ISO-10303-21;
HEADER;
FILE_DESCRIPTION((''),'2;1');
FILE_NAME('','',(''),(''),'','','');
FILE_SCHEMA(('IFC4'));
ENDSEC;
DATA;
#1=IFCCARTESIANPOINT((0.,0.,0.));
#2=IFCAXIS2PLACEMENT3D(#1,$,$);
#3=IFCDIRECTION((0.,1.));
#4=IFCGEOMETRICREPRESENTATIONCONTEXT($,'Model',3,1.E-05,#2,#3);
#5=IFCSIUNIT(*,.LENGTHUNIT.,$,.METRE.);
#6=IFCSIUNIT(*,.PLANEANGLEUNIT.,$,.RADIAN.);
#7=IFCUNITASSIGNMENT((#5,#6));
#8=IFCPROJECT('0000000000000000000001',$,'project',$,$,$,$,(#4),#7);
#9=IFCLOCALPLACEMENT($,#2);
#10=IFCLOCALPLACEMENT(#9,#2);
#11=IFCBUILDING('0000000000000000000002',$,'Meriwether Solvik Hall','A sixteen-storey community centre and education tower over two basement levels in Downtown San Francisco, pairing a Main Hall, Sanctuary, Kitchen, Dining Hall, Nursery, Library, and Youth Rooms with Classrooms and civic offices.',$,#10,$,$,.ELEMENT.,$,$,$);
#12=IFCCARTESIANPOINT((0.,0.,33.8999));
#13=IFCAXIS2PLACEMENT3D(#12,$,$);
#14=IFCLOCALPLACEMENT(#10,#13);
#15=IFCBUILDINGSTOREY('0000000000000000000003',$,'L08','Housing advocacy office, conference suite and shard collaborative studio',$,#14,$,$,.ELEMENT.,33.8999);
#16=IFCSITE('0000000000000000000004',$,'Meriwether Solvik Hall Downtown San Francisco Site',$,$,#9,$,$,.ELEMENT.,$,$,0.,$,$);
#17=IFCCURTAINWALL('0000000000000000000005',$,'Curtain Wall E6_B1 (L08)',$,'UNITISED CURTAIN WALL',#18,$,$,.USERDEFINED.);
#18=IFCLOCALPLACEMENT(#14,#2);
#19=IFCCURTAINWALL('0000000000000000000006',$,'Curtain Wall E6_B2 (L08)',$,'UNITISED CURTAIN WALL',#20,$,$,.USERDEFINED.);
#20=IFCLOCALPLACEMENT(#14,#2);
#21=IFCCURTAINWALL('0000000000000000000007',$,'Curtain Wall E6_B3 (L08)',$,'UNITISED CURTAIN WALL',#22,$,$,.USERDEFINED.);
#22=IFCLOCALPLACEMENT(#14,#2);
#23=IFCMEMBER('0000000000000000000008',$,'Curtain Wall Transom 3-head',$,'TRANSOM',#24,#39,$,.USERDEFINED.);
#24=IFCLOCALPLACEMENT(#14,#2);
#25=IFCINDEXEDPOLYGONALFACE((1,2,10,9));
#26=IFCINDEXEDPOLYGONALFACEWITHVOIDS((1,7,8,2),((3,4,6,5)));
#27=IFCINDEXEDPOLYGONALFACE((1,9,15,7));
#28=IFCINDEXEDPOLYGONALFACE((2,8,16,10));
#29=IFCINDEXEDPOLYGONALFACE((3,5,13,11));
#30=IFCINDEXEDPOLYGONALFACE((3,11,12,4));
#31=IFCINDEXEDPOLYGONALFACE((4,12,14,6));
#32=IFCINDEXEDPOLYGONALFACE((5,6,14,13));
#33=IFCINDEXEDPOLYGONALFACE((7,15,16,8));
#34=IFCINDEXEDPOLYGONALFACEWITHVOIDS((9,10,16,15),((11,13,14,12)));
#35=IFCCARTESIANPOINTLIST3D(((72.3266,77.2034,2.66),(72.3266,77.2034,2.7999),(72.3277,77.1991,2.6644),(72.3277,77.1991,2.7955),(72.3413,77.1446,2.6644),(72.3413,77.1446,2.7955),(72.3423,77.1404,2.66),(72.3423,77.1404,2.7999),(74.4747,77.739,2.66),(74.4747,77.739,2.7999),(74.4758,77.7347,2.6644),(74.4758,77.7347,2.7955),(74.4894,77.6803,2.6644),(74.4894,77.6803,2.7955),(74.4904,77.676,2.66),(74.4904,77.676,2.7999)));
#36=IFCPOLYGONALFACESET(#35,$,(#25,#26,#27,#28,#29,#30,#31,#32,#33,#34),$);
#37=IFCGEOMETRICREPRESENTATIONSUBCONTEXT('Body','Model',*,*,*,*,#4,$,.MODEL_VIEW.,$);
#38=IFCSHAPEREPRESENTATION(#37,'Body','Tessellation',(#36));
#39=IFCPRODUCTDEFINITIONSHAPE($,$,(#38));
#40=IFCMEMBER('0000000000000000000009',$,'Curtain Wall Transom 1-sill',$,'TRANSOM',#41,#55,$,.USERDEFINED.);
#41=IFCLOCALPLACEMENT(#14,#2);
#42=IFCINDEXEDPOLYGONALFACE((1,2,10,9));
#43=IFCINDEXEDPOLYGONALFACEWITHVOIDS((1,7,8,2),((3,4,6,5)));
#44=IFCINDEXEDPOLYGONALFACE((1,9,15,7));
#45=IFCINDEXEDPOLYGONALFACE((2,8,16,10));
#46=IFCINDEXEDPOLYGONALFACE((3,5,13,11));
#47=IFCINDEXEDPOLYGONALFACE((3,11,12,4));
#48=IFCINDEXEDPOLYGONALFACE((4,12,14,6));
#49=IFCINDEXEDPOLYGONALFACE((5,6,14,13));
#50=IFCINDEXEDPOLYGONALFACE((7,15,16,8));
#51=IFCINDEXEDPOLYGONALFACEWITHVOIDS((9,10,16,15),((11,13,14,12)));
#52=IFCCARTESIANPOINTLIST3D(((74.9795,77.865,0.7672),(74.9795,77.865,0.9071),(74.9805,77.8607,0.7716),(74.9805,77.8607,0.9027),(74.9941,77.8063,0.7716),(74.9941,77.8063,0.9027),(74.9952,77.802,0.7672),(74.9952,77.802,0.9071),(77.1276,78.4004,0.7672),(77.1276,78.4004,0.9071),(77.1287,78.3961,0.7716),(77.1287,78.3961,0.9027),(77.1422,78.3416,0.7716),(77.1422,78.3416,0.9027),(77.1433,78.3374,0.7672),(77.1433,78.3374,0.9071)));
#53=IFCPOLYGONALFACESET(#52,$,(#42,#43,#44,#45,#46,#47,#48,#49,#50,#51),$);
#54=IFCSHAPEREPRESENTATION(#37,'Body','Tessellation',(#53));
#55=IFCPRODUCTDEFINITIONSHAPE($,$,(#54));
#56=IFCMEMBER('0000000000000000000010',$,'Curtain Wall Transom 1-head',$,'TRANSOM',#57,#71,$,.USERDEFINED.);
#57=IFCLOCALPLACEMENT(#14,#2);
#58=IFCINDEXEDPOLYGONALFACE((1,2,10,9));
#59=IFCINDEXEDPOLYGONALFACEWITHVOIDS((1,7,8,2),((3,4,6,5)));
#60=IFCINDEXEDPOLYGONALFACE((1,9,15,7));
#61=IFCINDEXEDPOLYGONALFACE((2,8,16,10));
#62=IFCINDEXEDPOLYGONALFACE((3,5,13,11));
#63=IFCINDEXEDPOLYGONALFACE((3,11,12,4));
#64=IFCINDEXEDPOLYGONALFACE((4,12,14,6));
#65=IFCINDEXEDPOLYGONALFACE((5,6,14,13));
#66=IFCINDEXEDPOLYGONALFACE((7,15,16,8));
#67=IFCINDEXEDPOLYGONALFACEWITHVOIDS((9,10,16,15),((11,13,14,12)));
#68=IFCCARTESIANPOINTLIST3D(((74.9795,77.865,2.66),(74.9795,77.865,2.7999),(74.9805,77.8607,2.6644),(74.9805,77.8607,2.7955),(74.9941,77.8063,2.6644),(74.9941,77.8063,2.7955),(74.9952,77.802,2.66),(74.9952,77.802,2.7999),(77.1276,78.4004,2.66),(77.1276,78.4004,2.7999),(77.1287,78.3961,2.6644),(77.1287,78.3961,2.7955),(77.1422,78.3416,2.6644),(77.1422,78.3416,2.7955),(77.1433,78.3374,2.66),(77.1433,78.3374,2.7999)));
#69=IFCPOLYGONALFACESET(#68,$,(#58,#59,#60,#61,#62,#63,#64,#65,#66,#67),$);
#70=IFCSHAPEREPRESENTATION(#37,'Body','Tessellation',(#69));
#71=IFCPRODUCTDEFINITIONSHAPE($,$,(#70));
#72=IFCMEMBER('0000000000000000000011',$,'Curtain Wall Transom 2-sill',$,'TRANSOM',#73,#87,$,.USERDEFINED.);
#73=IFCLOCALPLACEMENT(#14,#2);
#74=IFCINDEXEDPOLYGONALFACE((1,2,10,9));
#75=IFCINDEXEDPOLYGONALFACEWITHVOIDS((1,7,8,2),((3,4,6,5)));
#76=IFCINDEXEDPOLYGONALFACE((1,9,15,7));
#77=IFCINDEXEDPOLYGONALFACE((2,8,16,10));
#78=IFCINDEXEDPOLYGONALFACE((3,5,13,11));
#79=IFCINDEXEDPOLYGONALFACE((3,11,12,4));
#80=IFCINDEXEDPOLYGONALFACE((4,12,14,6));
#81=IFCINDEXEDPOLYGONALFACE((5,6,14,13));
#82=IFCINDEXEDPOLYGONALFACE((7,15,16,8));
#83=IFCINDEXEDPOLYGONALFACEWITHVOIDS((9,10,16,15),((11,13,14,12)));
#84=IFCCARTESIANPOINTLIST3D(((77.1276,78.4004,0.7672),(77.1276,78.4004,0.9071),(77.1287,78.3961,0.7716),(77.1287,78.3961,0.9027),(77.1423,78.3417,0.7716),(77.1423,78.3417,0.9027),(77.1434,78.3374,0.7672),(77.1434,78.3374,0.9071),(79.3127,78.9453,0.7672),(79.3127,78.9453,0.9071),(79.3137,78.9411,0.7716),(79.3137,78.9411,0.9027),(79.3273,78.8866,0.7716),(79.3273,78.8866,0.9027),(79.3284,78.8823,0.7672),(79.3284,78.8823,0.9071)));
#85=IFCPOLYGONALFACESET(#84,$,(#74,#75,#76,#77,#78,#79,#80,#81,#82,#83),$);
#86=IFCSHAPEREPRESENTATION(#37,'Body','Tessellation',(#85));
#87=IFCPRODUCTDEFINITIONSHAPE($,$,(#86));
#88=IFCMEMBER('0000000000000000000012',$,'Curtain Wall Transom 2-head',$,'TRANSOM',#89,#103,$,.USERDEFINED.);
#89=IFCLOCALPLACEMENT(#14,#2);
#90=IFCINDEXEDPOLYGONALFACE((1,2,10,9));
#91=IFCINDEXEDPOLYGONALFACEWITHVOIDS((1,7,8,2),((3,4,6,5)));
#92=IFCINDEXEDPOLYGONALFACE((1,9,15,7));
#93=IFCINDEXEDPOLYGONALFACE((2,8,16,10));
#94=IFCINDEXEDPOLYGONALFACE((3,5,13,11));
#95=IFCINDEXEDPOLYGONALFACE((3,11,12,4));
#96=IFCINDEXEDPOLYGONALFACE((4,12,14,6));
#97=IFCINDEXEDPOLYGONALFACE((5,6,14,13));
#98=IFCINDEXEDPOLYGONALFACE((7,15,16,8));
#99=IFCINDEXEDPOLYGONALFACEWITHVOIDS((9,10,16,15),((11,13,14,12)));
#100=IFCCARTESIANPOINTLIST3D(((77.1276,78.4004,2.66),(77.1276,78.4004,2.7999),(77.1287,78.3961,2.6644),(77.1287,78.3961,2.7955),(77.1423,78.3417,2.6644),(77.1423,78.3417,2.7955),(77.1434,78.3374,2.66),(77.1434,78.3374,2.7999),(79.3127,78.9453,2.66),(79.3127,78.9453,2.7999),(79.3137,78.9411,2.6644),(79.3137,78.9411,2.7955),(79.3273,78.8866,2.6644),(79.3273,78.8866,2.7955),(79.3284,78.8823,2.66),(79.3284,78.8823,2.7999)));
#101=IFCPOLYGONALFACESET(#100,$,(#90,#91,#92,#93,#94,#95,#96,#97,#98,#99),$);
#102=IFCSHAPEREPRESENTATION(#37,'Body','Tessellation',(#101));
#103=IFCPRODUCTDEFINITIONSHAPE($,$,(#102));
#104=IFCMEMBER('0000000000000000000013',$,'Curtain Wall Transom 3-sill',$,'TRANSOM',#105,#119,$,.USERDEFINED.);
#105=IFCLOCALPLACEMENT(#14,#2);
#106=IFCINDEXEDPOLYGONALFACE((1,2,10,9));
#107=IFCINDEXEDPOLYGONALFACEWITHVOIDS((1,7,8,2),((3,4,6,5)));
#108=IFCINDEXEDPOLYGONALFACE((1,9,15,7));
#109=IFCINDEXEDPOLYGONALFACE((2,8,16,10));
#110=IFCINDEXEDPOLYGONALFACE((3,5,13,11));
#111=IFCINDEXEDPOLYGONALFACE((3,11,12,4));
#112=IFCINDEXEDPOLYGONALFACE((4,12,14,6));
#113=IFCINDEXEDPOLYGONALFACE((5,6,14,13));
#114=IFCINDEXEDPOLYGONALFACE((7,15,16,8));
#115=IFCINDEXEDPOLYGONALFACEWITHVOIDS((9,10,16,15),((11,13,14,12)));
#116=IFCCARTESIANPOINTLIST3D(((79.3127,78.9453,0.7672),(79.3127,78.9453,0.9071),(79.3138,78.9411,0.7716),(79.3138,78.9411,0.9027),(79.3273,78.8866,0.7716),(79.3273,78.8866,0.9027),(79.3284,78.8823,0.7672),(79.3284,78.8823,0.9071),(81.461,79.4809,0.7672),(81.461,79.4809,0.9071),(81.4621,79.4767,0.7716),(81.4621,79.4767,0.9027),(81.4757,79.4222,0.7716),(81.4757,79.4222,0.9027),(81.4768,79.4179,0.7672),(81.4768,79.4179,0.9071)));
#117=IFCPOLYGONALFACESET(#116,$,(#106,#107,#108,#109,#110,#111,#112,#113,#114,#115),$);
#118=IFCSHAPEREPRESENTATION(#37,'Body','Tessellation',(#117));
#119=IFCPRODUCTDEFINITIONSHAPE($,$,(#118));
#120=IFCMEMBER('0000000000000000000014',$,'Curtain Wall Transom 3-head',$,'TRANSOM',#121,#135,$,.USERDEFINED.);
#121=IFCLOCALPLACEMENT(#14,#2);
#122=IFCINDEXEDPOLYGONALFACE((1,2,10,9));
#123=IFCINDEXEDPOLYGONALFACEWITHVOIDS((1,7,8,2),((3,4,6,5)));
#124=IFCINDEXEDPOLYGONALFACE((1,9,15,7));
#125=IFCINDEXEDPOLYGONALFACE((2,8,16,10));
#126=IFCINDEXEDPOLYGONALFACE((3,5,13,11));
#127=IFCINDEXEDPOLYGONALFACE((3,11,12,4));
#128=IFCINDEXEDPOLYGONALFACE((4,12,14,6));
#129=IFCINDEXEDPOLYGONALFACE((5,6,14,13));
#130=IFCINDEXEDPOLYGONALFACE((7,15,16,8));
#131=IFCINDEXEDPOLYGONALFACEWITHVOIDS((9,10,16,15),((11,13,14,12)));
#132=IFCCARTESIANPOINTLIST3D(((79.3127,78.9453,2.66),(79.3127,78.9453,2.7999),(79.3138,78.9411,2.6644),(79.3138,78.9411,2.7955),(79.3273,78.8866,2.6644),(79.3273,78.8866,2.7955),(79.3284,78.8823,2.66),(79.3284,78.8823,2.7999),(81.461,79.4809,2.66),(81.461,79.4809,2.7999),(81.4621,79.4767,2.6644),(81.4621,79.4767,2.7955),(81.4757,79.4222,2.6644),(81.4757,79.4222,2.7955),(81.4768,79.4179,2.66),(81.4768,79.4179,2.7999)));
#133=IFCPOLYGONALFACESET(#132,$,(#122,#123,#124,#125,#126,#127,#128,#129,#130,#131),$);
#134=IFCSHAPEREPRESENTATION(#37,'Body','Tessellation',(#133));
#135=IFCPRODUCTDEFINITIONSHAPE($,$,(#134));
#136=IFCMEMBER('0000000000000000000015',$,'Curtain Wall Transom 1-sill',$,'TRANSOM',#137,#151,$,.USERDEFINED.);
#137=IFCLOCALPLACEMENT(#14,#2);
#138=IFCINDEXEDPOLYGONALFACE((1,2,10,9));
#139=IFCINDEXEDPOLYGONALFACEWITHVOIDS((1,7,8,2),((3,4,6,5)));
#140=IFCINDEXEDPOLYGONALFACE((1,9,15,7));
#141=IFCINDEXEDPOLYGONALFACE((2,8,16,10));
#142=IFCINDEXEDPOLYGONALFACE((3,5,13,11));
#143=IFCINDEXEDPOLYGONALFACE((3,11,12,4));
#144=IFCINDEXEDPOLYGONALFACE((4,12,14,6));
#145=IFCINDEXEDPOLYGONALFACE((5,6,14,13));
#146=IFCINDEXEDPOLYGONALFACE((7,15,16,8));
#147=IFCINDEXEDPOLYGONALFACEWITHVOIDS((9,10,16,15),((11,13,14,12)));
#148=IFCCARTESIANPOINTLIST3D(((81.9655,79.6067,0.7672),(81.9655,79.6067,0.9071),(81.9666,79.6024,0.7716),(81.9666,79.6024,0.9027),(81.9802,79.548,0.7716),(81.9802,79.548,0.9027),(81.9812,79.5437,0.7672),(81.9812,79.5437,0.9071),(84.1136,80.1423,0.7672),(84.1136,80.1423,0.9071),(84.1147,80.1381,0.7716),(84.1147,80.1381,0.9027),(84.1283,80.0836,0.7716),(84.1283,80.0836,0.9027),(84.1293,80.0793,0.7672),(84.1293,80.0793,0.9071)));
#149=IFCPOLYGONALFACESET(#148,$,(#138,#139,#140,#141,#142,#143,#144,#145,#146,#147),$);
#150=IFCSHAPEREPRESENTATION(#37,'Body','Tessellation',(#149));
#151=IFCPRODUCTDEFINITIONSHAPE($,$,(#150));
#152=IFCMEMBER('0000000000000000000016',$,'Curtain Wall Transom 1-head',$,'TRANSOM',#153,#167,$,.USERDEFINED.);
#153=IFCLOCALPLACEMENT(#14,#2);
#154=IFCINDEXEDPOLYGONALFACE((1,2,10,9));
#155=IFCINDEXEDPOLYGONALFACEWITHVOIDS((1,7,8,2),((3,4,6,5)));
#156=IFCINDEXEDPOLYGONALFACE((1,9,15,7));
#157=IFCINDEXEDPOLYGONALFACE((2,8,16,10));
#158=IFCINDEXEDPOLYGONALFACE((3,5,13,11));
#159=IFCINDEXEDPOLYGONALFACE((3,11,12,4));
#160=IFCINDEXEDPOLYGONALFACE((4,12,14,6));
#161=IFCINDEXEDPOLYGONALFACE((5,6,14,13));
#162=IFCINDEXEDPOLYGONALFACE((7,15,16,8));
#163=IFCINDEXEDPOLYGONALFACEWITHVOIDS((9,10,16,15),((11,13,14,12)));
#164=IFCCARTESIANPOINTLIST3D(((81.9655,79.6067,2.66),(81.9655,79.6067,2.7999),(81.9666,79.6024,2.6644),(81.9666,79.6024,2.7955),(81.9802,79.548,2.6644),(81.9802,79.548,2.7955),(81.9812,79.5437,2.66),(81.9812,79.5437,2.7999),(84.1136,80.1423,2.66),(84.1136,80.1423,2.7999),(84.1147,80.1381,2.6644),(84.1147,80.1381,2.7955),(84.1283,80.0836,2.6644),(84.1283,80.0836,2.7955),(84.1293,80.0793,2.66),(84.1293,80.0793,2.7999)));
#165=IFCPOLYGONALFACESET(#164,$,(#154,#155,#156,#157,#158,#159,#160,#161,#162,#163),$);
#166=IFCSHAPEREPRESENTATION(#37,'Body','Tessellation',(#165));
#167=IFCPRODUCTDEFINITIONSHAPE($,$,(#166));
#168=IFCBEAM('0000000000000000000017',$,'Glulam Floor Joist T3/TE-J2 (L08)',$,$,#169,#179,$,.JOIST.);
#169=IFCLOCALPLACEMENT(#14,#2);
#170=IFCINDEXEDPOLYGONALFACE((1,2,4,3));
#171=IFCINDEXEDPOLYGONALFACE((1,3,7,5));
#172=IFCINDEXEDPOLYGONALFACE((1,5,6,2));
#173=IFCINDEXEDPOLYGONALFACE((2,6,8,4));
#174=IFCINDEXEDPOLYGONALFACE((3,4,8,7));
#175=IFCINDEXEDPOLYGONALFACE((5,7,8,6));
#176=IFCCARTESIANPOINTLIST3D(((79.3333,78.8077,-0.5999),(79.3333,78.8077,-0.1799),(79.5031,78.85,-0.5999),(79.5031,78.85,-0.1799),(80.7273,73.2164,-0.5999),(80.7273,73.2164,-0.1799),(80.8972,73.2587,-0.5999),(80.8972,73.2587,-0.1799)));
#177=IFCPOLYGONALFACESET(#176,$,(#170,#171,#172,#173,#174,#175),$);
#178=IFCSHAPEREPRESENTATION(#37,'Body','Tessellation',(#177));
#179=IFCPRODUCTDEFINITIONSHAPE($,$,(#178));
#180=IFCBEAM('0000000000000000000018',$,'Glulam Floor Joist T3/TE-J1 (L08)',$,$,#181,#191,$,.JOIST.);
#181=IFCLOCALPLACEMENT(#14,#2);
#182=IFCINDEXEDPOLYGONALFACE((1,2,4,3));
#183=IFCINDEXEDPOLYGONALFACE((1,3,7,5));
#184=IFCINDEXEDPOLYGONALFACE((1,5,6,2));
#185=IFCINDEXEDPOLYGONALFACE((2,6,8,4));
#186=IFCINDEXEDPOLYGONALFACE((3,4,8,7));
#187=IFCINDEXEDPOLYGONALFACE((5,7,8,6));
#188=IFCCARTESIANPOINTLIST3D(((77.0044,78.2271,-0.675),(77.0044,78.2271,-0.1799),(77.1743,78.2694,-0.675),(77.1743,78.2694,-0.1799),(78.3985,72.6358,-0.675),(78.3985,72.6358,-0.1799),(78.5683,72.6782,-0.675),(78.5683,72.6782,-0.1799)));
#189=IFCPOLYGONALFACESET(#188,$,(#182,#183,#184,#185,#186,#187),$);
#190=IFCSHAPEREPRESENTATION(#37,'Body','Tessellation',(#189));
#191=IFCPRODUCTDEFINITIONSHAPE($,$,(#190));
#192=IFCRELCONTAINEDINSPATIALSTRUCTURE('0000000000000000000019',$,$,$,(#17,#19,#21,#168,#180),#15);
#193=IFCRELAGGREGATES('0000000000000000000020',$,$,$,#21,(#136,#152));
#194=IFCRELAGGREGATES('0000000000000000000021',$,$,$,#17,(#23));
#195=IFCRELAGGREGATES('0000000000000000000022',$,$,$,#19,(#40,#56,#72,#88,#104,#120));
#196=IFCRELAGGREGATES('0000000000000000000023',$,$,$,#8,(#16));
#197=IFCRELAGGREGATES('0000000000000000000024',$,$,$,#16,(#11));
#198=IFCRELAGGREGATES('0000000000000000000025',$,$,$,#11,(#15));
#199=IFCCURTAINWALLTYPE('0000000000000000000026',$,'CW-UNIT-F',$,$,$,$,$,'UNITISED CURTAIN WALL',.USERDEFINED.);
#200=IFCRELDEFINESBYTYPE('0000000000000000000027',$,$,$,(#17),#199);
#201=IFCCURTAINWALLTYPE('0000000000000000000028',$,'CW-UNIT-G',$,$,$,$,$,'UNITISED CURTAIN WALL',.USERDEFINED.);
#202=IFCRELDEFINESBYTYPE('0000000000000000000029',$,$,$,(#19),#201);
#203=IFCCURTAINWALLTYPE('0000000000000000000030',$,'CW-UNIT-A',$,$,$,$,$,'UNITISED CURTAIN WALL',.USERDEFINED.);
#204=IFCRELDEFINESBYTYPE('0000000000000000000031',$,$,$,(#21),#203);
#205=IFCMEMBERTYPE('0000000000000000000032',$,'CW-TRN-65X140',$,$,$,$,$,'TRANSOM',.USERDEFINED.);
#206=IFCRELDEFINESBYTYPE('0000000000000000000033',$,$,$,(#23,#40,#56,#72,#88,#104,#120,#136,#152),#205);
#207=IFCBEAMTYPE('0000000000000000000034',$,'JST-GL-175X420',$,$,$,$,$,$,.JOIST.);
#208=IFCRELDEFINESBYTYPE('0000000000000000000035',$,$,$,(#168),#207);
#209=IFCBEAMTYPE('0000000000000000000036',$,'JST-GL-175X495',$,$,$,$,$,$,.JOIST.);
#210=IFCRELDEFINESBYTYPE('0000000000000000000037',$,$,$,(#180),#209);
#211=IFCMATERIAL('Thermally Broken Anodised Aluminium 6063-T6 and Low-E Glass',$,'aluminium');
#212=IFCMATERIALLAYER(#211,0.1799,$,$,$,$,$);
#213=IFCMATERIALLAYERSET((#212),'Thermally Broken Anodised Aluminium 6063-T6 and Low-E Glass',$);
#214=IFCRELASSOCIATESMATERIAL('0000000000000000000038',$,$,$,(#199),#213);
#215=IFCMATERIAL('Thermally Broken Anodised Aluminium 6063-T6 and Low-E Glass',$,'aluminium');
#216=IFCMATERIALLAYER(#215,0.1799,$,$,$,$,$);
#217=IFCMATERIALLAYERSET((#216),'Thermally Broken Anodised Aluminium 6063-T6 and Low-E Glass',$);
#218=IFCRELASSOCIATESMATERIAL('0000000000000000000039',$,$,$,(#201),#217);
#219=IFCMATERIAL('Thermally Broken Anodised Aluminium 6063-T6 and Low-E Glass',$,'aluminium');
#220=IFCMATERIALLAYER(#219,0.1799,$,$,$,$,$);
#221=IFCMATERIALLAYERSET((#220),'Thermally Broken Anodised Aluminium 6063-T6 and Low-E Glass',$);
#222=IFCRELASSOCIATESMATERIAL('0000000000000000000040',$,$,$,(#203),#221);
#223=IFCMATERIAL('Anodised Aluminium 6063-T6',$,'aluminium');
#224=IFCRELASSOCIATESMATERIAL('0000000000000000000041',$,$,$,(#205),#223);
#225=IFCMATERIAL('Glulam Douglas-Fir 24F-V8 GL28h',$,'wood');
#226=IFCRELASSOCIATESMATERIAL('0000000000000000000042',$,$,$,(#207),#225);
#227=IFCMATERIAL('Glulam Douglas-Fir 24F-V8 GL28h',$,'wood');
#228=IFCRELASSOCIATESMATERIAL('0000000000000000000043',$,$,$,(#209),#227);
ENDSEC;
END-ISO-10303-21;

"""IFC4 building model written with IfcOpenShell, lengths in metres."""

from ifc_helpers import new_model, si_unit, direction, frame, origin, origin_2d, place, context, subcontext, project, spatial, rectangle, hollow_rectangle, extrude, material, layer, layer_set, material_profile, profile_set, type_object, element, aggregate, save


model = new_model("IFC4")

# Units and contexts
model_context = context("Model", 3, precision=1e-05, world=origin(), true_north=direction((0.0, 1.0)))
body_context = subcontext(model_context, "Body", "Model", "MODEL_VIEW")
ifc_project = project(units=[si_unit("LENGTHUNIT", "METRE"), si_unit("PLANEANGLEUNIT", "RADIAN")], contexts=[model_context])

# Site, building, storey
site_placement = place(None, origin())
site = spatial("IfcSite", under=ifc_project, at=site_placement, Name="Meriwether Solvik Hall Downtown San Francisco Site", CompositionType="ELEMENT", RefElevation=0.0)
building_placement = place(site_placement, origin())
building = spatial("IfcBuilding", under=site, at=building_placement, Name="Meriwether Solvik Hall", Description="A sixteen-storey community centre and education tower over two basement levels in Downtown San Francisco, pairing a Main Hall, Sanctuary, Kitchen, Dining Hall, Nursery, Library, and Youth Rooms with Classrooms and civic offices.", CompositionType="ELEMENT")
storey_placement = place(building_placement, frame((0.0, 0.0, 33.8999)))
storey = spatial("IfcBuildingStorey", under=building, at=storey_placement, Name="L08", Description="Housing advocacy office, conference suite and shard collaborative studio", CompositionType="ELEMENT", Elevation=33.8999)

# Curtain walls
ifc_material_1 = material(Name="Thermally Broken Anodised Aluminium 6063-T6 and Low-E Glass", Category="aluminium")
ifc_layer_1 = layer(ifc_material_1, 0.1799)
ifc_layer_set_1 = layer_set([ifc_layer_1], Name="Thermally Broken Anodised Aluminium 6063-T6 and Low-E Glass")
curtain_wall_type_1 = type_object("IfcCurtainWallType", Name="CW-UNIT-F", ElementType="UNITISED CURTAIN WALL", PredefinedType="USERDEFINED", material=ifc_layer_set_1)
curtain_wall_1_placement = place(storey_placement, origin())
curtain_wall_1 = element("IfcCurtainWall", 1, at=curtain_wall_1_placement, inside=storey, type_object=curtain_wall_type_1, Name="Curtain Wall E6_B1 (L08)", ObjectType="UNITISED CURTAIN WALL", PredefinedType="USERDEFINED")
ifc_material_2 = material(Name="Thermally Broken Anodised Aluminium 6063-T6 and Low-E Glass", Category="aluminium")
ifc_layer_2 = layer(ifc_material_2, 0.1799)
ifc_layer_set_2 = layer_set([ifc_layer_2], Name="Thermally Broken Anodised Aluminium 6063-T6 and Low-E Glass")
curtain_wall_type_2 = type_object("IfcCurtainWallType", Name="CW-UNIT-G", ElementType="UNITISED CURTAIN WALL", PredefinedType="USERDEFINED", material=ifc_layer_set_2)
curtain_wall_2_placement = place(storey_placement, origin())
curtain_wall_2 = element("IfcCurtainWall", 2, at=curtain_wall_2_placement, inside=storey, type_object=curtain_wall_type_2, Name="Curtain Wall E6_B2 (L08)", ObjectType="UNITISED CURTAIN WALL", PredefinedType="USERDEFINED")

# Curtain wall
ifc_material_3 = material(Name="Thermally Broken Anodised Aluminium 6063-T6 and Low-E Glass", Category="aluminium")
ifc_layer_3 = layer(ifc_material_3, 0.1799)
ifc_layer_set_3 = layer_set([ifc_layer_3], Name="Thermally Broken Anodised Aluminium 6063-T6 and Low-E Glass")
curtain_wall_type_3 = type_object("IfcCurtainWallType", Name="CW-UNIT-A", ElementType="UNITISED CURTAIN WALL", PredefinedType="USERDEFINED", material=ifc_layer_set_3)
curtain_wall_3_placement = place(storey_placement, origin())
curtain_wall_3 = element("IfcCurtainWall", 3, at=curtain_wall_3_placement, inside=storey, type_object=curtain_wall_type_3, Name="Curtain Wall E6_B3 (L08)", ObjectType="UNITISED CURTAIN WALL", PredefinedType="USERDEFINED")

# Members
ifc_material_4 = material(Name="Anodised Aluminium 6063-T6", Category="aluminium")
ifc_material_profile_1 = material_profile(ifc_material_4, hollow_rectangle(XDim=0.0649, YDim=0.1399, WallThickness=0.0044, at=origin_2d()), Name="CWT-65X140")
ifc_profile_set_1 = profile_set([ifc_material_profile_1], Name="Anodised Aluminium 6063-T6")
member_type_1 = type_object("IfcMemberType", Name="CW-TRN-65X140", ElementType="TRANSOM", PredefinedType="USERDEFINED", material=ifc_profile_set_1)
member_1_placement = place(storey_placement, frame((72.3345, 77.1719, 2.73), z_axis=(0.970292, 0.241939, 0.0), x_axis=(-0.241939, 0.970292, 0.0)))
member_1 = element("IfcMember", 4, at=member_1_placement, type_object=member_type_1, Name="Curtain Wall Transom 3-head", ObjectType="TRANSOM", PredefinedType="USERDEFINED", context=body_context, shape_type="SweptSolid", body=[
    extrude(hollow_rectangle(XDim=0.0649, YDim=0.1399, WallThickness=0.0044, at=origin_2d()), origin(), (0.0, 0.0, 1.0), 2.2139),
])
member_2_placement = place(storey_placement, frame((74.9873, 77.8335, 0.8372), z_axis=(0.970317, 0.241835, 0.0), x_axis=(-0.241835, 0.970317, 0.0)))
member_2 = element("IfcMember", 5, at=member_2_placement, type_object=member_type_1, Name="Curtain Wall Transom 1-sill", ObjectType="TRANSOM", PredefinedType="USERDEFINED", context=body_context, shape_type="SweptSolid", body=[
    extrude(hollow_rectangle(XDim=0.0649, YDim=0.1399, WallThickness=0.0044, at=origin_2d()), origin(), (0.0, 0.0, 1.0), 2.2139),
])
member_3_placement = place(storey_placement, frame((74.9873, 77.8335, 2.73), z_axis=(0.970317, 0.241835, 0.0), x_axis=(-0.241835, 0.970317, 0.0)))
member_3 = element("IfcMember", 6, at=member_3_placement, type_object=member_type_1, Name="Curtain Wall Transom 1-head", ObjectType="TRANSOM", PredefinedType="USERDEFINED", context=body_context, shape_type="SweptSolid", body=[
    extrude(hollow_rectangle(XDim=0.0649, YDim=0.1399, WallThickness=0.0044, at=origin_2d()), origin(), (0.0, 0.0, 1.0), 2.2139),
])
member_4_placement = place(storey_placement, frame((77.1355, 78.3689, 0.8372), z_axis=(0.970283, 0.241974, 0.0), x_axis=(-0.241974, 0.970283, 0.0)))
member_4 = element("IfcMember", 7, at=member_4_placement, type_object=member_type_1, Name="Curtain Wall Transom 2-sill", ObjectType="TRANSOM", PredefinedType="USERDEFINED", context=body_context, shape_type="SweptSolid", body=[
    extrude(hollow_rectangle(XDim=0.0649, YDim=0.1399, WallThickness=0.0044, at=origin_2d()), origin(), (0.0, 0.0, 1.0), 2.252),
])
member_5_placement = place(storey_placement, frame((77.1355, 78.3689, 2.73), z_axis=(0.970283, 0.241974, 0.0), x_axis=(-0.241974, 0.970283, 0.0)))
member_5 = element("IfcMember", 8, at=member_5_placement, type_object=member_type_1, Name="Curtain Wall Transom 2-head", ObjectType="TRANSOM", PredefinedType="USERDEFINED", context=body_context, shape_type="SweptSolid", body=[
    extrude(hollow_rectangle(XDim=0.0649, YDim=0.1399, WallThickness=0.0044, at=origin_2d()), origin(), (0.0, 0.0, 1.0), 2.252),
])
member_6_placement = place(storey_placement, frame((79.3206, 78.9138, 0.8372), z_axis=(0.970298, 0.241913, 0.0), x_axis=(-0.241913, 0.970298, 0.0)))
member_6 = element("IfcMember", 9, at=member_6_placement, type_object=member_type_1, Name="Curtain Wall Transom 3-sill", ObjectType="TRANSOM", PredefinedType="USERDEFINED", context=body_context, shape_type="SweptSolid", body=[
    extrude(hollow_rectangle(XDim=0.0649, YDim=0.1399, WallThickness=0.0044, at=origin_2d()), origin(), (0.0, 0.0, 1.0), 2.2141),
])
member_7_placement = place(storey_placement, frame((79.3206, 78.9138, 2.73), z_axis=(0.970298, 0.241913, 0.0), x_axis=(-0.241913, 0.970298, 0.0)))
member_7 = element("IfcMember", 10, at=member_7_placement, type_object=member_type_1, Name="Curtain Wall Transom 3-head", ObjectType="TRANSOM", PredefinedType="USERDEFINED", context=body_context, shape_type="SweptSolid", body=[
    extrude(hollow_rectangle(XDim=0.0649, YDim=0.1399, WallThickness=0.0044, at=origin_2d()), origin(), (0.0, 0.0, 1.0), 2.2141),
])
member_8_placement = place(storey_placement, frame((81.9734, 79.5752, 0.8372), z_axis=(0.970292, 0.241939, 0.0), x_axis=(-0.241939, 0.970292, 0.0)))
member_8 = element("IfcMember", 11, at=member_8_placement, type_object=member_type_1, Name="Curtain Wall Transom 1-sill", ObjectType="TRANSOM", PredefinedType="USERDEFINED", context=body_context, shape_type="SweptSolid", body=[
    extrude(hollow_rectangle(XDim=0.0649, YDim=0.1399, WallThickness=0.0044, at=origin_2d()), origin(), (0.0, 0.0, 1.0), 2.2139),
])
member_9_placement = place(storey_placement, frame((81.9734, 79.5752, 2.73), z_axis=(0.970292, 0.241939, 0.0), x_axis=(-0.241939, 0.970292, 0.0)))
member_9 = element("IfcMember", 12, at=member_9_placement, type_object=member_type_1, Name="Curtain Wall Transom 1-head", ObjectType="TRANSOM", PredefinedType="USERDEFINED", context=body_context, shape_type="SweptSolid", body=[
    extrude(hollow_rectangle(XDim=0.0649, YDim=0.1399, WallThickness=0.0044, at=origin_2d()), origin(), (0.0, 0.0, 1.0), 2.2139),
])
aggregate(curtain_wall_3, [member_8, member_9])

# Beams
ifc_material_5 = material(Name="Glulam Douglas-Fir 24F-V8 GL28h", Category="wood")
ifc_material_profile_2 = material_profile(ifc_material_5, rectangle(XDim=0.175, YDim=0.4199, at=origin_2d()), Name="GLJ-175X420")
ifc_profile_set_2 = profile_set([ifc_material_profile_2], Name="Glulam Douglas-Fir 24F-V8 GL28h")
beam_type_1 = type_object("IfcBeamType", Name="JST-GL-175X420", PredefinedType="JOIST", material=ifc_profile_set_2)
beam_1_placement = place(storey_placement, frame((80.8123, 73.2375, -0.3899), z_axis=(-0.241918, 0.970297, 0.0), x_axis=(-0.970297, -0.241918, 0.0)))
element("IfcBeam", 13, at=beam_1_placement, inside=storey, type_object=beam_type_1, Name="Glulam Floor Joist T3/TE-J2 (L08)", PredefinedType="JOIST", context=body_context, shape_type="SweptSolid", body=[
    extrude(rectangle(XDim=0.175, YDim=0.4199, at=origin_2d()), origin(), (0.0, 0.0, 1.0), 5.7625),
])
ifc_material_6 = material(Name="Glulam Douglas-Fir 24F-V8 GL28h", Category="wood")
ifc_material_profile_3 = material_profile(ifc_material_6, rectangle(XDim=0.175, YDim=0.4951, at=origin_2d()), Name="GLJ-175X495")
ifc_profile_set_3 = profile_set([ifc_material_profile_3], Name="Glulam Douglas-Fir 24F-V8 GL28h")
beam_type_2 = type_object("IfcBeamType", Name="JST-GL-175X495", PredefinedType="JOIST", material=ifc_profile_set_3)
beam_2_placement = place(storey_placement, frame((78.4834, 72.657, -0.4275), z_axis=(-0.241918, 0.970297, 0.0), x_axis=(-0.970297, -0.241918, 0.0)))
element("IfcBeam", 14, at=beam_2_placement, inside=storey, type_object=beam_type_2, Name="Glulam Floor Joist T3/TE-J1 (L08)", PredefinedType="JOIST", context=body_context, shape_type="SweptSolid", body=[
    extrude(rectangle(XDim=0.175, YDim=0.4951, at=origin_2d()), origin(), (0.0, 0.0, 1.0), 5.7625),
])

aggregate(curtain_wall_1, [member_1])
aggregate(curtain_wall_2, [member_2, member_3, member_4, member_5, member_6, member_7])

save(model, "model.ifc")
